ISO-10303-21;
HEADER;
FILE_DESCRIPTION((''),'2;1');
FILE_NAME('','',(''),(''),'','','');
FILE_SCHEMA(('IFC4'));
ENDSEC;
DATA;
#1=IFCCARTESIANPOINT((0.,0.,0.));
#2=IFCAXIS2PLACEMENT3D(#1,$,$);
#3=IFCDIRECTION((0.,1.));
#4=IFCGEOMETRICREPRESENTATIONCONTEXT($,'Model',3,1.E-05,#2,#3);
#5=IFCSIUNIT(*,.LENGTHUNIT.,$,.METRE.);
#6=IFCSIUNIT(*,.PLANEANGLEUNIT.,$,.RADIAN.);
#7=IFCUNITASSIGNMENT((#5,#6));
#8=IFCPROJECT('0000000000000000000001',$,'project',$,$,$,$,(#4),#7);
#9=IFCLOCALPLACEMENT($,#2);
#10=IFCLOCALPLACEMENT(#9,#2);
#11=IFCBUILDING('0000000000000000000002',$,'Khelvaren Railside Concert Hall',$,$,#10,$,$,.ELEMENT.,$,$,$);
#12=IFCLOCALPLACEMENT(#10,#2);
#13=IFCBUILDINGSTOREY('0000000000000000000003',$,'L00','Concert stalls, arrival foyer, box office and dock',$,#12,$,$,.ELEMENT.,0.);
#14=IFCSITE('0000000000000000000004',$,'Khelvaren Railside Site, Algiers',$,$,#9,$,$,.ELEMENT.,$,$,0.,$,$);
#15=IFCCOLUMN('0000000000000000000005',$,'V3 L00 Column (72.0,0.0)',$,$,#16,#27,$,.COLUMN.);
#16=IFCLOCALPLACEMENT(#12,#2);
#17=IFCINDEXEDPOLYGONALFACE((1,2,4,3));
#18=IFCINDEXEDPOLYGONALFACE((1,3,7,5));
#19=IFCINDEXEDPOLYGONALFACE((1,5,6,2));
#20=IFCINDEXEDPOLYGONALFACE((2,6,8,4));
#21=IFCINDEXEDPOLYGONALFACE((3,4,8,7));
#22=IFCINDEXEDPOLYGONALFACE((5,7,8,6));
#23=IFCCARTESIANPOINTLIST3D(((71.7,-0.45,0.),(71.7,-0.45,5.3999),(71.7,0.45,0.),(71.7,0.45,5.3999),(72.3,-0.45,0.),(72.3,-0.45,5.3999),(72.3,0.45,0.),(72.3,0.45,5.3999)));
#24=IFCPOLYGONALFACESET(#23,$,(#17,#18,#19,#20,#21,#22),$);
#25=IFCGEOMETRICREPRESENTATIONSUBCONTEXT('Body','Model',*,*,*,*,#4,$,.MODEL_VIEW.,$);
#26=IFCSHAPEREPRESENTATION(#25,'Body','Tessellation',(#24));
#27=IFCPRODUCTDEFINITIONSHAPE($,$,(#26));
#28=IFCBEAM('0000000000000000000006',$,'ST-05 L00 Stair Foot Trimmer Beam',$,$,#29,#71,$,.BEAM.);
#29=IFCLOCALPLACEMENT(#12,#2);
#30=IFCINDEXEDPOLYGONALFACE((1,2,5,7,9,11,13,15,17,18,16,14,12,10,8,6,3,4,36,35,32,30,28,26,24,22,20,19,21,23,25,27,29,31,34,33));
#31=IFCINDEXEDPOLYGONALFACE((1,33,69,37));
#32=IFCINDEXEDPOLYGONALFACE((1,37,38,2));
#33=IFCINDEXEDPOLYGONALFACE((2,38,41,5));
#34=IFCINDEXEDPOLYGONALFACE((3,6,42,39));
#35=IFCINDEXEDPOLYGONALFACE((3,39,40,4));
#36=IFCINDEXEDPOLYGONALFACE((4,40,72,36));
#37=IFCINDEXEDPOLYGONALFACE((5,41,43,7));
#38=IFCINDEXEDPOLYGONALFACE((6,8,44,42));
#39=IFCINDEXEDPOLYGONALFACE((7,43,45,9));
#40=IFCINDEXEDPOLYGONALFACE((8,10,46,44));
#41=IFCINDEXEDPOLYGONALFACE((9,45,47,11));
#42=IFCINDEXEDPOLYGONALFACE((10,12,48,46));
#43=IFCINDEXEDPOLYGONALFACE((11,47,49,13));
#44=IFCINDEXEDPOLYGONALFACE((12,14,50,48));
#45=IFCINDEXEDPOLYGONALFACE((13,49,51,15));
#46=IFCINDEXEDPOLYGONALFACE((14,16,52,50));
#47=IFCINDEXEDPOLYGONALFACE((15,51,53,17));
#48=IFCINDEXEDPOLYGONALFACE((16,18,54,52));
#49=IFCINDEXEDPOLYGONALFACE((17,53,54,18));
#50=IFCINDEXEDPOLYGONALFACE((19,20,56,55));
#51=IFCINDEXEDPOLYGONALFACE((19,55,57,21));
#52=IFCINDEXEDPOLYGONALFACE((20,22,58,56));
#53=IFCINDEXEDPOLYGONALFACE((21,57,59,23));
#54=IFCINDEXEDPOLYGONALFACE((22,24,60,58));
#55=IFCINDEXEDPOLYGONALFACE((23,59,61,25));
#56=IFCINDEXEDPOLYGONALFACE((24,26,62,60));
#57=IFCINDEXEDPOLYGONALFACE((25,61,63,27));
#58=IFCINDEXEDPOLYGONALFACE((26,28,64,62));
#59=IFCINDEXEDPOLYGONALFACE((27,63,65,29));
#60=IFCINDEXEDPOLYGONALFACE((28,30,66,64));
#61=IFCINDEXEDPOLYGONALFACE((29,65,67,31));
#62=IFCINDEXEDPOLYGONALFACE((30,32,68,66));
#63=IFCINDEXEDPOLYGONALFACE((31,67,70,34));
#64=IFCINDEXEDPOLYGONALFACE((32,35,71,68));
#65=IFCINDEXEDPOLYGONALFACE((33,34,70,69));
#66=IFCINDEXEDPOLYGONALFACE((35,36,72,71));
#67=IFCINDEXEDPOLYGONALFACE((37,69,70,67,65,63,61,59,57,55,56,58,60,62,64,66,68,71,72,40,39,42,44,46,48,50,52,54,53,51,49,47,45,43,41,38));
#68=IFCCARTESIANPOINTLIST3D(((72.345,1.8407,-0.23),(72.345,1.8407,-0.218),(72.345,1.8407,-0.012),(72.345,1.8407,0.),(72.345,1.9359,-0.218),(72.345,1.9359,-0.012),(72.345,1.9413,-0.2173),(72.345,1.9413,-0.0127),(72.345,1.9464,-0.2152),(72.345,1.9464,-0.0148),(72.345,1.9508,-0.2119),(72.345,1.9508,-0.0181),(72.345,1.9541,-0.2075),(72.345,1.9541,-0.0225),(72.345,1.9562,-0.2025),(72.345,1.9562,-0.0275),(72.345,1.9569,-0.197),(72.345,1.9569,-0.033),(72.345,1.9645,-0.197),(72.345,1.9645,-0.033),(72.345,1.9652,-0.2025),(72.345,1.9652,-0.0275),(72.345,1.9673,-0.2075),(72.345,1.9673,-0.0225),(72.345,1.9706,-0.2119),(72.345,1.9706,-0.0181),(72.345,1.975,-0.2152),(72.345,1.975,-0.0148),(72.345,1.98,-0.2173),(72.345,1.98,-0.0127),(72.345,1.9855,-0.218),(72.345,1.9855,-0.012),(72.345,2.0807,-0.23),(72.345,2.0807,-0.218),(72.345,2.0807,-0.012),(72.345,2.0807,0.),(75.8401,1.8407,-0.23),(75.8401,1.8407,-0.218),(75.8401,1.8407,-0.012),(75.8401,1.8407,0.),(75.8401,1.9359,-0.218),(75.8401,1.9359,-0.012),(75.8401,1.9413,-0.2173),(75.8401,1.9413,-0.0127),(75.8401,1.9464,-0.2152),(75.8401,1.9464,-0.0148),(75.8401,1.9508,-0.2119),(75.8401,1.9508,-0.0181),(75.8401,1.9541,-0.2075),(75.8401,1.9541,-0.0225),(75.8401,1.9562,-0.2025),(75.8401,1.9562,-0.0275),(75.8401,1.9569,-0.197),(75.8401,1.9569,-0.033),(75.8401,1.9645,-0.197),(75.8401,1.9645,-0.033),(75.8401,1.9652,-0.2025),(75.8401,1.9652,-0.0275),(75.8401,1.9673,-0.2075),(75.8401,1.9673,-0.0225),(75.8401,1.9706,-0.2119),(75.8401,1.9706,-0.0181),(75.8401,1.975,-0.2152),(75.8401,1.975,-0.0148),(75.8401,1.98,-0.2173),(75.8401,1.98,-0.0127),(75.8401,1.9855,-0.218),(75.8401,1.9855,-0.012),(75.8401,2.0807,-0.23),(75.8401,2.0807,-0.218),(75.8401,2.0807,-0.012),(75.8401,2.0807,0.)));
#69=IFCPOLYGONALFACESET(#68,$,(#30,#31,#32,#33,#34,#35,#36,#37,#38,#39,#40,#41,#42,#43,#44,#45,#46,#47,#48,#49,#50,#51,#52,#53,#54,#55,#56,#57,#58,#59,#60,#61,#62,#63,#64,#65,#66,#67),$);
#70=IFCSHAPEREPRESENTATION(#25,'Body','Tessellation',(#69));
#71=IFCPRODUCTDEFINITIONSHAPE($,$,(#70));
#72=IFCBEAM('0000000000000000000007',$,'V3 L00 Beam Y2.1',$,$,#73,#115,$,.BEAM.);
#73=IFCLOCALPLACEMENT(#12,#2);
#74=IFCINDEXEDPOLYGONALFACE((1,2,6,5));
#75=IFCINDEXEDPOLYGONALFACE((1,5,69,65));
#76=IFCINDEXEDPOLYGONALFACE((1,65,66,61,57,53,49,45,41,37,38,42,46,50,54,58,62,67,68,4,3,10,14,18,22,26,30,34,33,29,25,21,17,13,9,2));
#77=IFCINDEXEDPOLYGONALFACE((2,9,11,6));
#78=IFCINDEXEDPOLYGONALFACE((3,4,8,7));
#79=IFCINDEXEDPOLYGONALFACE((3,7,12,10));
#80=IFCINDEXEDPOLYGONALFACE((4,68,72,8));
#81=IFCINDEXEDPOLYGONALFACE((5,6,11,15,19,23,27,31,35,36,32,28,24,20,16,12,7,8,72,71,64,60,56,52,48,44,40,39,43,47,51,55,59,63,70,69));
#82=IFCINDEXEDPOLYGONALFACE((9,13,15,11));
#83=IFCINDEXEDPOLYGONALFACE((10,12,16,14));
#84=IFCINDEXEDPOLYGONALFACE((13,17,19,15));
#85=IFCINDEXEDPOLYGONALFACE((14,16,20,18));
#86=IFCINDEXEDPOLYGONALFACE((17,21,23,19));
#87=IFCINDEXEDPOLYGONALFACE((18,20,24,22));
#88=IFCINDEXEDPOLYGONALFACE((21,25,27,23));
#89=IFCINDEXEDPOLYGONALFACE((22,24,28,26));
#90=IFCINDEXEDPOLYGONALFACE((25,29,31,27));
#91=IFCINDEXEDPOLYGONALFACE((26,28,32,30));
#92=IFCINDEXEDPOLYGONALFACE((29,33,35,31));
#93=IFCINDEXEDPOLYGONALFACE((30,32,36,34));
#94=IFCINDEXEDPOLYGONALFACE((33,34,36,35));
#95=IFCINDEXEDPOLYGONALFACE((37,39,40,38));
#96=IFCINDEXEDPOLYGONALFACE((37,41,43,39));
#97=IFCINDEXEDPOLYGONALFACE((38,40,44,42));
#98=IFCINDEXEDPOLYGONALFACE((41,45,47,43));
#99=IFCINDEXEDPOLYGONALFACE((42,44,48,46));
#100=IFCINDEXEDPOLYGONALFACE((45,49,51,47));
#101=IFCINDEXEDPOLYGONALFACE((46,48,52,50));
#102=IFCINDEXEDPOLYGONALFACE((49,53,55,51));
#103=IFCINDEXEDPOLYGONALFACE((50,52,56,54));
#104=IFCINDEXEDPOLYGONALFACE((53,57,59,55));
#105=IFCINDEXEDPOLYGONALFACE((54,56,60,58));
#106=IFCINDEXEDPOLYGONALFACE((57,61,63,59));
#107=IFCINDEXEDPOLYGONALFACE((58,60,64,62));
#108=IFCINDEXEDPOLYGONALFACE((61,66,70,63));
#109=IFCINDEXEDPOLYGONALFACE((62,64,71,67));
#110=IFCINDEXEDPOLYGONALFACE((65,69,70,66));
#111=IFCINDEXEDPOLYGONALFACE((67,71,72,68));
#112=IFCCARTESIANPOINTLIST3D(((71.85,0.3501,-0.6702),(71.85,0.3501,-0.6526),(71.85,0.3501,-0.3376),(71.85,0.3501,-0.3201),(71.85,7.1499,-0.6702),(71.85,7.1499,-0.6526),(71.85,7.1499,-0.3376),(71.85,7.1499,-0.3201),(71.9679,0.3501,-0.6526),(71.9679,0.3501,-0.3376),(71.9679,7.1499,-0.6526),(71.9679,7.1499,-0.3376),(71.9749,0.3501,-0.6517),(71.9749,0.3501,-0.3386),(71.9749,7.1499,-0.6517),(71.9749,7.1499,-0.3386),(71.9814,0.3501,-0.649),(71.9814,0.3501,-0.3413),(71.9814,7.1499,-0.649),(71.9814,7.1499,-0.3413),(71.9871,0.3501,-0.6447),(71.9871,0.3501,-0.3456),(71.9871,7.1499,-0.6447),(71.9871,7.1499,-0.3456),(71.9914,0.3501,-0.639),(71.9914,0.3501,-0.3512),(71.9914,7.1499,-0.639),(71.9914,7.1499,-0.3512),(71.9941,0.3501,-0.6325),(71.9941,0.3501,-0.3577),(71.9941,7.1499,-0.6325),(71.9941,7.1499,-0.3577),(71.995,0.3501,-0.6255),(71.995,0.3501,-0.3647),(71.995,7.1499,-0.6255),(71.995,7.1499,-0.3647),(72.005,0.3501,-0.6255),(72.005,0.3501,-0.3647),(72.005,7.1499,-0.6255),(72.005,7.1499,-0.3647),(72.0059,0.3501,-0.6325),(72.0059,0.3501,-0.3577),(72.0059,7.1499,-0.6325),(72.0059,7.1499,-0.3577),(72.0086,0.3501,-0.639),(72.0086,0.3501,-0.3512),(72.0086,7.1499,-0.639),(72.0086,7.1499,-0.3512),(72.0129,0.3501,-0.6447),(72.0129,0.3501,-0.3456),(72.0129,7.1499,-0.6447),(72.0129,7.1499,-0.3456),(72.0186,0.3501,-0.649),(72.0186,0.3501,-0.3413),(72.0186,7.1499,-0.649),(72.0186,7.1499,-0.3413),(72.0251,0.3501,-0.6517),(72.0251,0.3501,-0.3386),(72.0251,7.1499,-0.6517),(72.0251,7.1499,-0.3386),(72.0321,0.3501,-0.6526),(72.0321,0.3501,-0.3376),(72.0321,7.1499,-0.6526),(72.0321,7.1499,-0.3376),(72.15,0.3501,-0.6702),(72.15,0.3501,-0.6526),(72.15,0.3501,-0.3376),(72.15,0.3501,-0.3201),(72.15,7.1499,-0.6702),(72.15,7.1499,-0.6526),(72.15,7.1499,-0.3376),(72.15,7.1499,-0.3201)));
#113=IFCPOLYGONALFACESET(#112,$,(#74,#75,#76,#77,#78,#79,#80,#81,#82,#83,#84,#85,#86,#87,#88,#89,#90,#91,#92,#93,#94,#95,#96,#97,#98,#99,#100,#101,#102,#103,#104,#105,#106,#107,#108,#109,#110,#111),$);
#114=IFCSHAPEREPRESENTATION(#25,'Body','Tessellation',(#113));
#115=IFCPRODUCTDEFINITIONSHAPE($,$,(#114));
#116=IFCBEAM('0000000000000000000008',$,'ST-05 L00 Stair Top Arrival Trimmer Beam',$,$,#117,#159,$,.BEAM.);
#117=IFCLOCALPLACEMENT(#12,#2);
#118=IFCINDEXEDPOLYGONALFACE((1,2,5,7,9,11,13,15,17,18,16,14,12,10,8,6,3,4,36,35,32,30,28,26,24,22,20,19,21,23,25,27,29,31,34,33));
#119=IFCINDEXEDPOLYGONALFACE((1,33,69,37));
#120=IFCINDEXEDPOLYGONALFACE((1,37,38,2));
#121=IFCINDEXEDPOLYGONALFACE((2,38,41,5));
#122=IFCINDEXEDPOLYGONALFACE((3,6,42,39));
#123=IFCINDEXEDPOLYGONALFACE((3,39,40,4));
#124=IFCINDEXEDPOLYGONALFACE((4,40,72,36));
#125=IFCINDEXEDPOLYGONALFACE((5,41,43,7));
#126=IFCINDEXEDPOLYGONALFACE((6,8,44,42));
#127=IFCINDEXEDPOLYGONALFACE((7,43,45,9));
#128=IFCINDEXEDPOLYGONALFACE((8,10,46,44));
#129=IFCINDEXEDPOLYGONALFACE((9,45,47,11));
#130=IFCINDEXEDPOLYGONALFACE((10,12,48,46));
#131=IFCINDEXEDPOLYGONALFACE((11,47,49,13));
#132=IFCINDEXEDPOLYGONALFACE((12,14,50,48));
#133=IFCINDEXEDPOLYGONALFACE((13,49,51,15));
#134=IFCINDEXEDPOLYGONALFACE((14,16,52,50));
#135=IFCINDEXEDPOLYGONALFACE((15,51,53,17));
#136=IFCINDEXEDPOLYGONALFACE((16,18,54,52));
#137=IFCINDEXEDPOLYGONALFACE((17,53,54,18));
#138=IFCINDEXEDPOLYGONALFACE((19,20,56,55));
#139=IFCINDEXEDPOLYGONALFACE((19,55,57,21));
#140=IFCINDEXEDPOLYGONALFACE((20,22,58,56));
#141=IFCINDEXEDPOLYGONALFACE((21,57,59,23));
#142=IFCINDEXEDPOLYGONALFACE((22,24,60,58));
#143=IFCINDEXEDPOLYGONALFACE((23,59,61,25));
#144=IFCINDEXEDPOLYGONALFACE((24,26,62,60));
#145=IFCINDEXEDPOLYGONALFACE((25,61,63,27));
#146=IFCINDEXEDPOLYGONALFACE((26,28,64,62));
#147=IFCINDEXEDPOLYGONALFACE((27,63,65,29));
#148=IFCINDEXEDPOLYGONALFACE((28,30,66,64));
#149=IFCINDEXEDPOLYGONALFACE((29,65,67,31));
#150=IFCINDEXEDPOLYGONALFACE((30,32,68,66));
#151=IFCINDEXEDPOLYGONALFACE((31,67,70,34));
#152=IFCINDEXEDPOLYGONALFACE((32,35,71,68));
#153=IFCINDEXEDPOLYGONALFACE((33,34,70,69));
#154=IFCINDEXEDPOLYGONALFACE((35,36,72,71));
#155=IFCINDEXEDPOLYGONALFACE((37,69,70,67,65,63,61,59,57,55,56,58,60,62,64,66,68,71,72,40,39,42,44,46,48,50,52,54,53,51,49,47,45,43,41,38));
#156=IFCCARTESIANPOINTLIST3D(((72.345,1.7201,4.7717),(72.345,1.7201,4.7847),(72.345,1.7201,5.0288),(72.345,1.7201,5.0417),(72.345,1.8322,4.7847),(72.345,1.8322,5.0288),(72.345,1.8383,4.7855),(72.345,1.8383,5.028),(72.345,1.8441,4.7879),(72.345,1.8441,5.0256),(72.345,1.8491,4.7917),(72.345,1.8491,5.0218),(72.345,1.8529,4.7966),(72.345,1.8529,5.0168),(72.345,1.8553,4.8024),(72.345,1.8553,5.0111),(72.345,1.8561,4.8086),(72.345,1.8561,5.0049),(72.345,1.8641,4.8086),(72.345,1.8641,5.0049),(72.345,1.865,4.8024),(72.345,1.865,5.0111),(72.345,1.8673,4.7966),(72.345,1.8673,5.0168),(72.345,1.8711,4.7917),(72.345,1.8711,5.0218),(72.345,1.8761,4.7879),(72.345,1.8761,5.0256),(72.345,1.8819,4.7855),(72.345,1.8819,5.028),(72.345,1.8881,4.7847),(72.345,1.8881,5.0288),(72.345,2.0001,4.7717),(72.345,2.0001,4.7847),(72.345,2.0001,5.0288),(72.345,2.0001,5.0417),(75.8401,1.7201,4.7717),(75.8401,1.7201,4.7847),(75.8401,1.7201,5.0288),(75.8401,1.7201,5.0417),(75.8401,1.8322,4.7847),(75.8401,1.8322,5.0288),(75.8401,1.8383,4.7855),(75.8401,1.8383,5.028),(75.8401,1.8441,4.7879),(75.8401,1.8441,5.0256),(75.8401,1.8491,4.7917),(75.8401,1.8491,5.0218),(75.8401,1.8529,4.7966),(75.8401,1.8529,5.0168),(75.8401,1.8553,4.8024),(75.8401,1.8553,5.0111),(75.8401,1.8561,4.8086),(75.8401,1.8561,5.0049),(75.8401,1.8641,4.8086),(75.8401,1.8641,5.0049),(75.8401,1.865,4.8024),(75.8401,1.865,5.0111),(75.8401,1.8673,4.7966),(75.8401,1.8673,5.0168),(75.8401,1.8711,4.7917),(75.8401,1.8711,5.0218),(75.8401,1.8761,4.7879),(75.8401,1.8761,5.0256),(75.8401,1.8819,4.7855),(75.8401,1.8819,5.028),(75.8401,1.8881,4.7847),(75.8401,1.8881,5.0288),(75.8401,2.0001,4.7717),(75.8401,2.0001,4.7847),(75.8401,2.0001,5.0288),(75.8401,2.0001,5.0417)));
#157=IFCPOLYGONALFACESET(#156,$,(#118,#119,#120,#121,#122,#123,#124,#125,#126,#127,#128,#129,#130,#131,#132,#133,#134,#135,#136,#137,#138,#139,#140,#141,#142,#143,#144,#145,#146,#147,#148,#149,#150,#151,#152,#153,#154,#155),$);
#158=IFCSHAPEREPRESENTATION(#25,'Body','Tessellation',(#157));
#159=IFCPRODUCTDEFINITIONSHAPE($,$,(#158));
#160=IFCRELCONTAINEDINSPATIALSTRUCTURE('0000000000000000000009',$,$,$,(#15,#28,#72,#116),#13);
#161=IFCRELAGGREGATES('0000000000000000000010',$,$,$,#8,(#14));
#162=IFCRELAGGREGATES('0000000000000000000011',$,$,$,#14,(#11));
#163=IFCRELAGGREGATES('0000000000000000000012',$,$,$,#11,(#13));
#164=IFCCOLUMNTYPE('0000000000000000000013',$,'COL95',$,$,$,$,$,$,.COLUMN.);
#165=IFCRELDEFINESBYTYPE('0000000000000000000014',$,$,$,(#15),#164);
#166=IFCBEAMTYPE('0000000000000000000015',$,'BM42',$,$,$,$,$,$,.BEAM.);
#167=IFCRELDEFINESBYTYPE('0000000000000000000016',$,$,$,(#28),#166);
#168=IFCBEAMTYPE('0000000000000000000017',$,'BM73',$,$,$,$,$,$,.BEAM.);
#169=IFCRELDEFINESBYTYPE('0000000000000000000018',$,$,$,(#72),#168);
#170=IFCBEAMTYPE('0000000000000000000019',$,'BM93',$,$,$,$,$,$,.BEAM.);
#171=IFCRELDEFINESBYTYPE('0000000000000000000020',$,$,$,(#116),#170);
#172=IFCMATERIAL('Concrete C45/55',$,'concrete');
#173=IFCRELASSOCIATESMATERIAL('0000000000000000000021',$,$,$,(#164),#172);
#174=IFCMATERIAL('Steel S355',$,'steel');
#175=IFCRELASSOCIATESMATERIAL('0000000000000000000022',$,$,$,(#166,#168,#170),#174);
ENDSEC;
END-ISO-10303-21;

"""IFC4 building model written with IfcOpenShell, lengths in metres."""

from ifc_helpers import new_model, si_unit, direction, frame, origin, origin_2d, place, context, subcontext, project, spatial, rectangle, i_section, extrude, material, material_profile, profile_set, type_object, element, save


model = new_model("IFC4")

# Units and contexts
model_context = context("Model", 3, precision=1e-05, world=origin(), true_north=direction((0.0, 1.0)))
body_context = subcontext(model_context, "Body", "Model", "MODEL_VIEW")
ifc_project = project(units=[si_unit("LENGTHUNIT", "METRE"), si_unit("PLANEANGLEUNIT", "RADIAN")], contexts=[model_context])

# Site, building, storey
site_placement = place(None, origin())
site = spatial("IfcSite", under=ifc_project, at=site_placement, Name="Khelvaren Railside Site, Algiers", CompositionType="ELEMENT", RefElevation=0.0)
building_placement = place(site_placement, origin())
building = spatial("IfcBuilding", under=site, at=building_placement, Name="Khelvaren Railside Concert Hall", CompositionType="ELEMENT")
storey_placement = place(building_placement, origin())
storey = spatial("IfcBuildingStorey", under=building, at=storey_placement, Name="L00", Description="Concert stalls, arrival foyer, box office and dock", CompositionType="ELEMENT", Elevation=0.0)

# Column
ifc_material_1 = material(Name="Concrete C45/55", Category="concrete")
ifc_material_profile_1 = material_profile(ifc_material_1, rectangle(XDim=0.6001, YDim=0.8999, at=origin_2d()), Name="RC 600x900")
ifc_profile_set_1 = profile_set([ifc_material_profile_1], Name="Concrete C45/55")
column_type = type_object("IfcColumnType", Name="COL95", PredefinedType="COLUMN", material=ifc_profile_set_1)
column_placement = place(storey_placement, frame((72.0, 0.0, 0.0), z_axis=(0.0, 0.0, 1.0), x_axis=(1.0, 0.0, 0.0)))
element("IfcColumn", 1, at=column_placement, inside=storey, type_object=column_type, Name="V3 L00 Column (72.0,0.0)", PredefinedType="COLUMN", context=body_context, shape_type="SweptSolid", body=[
    extrude(rectangle(XDim=0.6001, YDim=0.8999, at=origin_2d()), origin(), (0.0, 0.0, 1.0), 5.3999),
])

# Beams
ifc_material_2 = material(Name="Steel S355", Category="steel")
ifc_material_profile_2 = material_profile(ifc_material_2, i_section(OverallWidth=0.24, OverallDepth=0.23, WebThickness=0.0076, FlangeThickness=0.012, FilletRadius=0.021, at=origin_2d()), Name="HEA 240")
ifc_profile_set_2 = profile_set([ifc_material_profile_2], Name="Steel S355")
beam_type_1 = type_object("IfcBeamType", Name="BM42", PredefinedType="BEAM", material=ifc_profile_set_2)
beam_1_placement = place(storey_placement, frame((72.345, 1.9607, -0.115), z_axis=(1.0, 0.0, 0.0), x_axis=(0.0, 1.0, 0.0)))
element("IfcBeam", 2, at=beam_1_placement, inside=storey, type_object=beam_type_1, Name="ST-05 L00 Stair Foot Trimmer Beam", PredefinedType="BEAM", context=body_context, shape_type="SweptSolid", body=[
    extrude(i_section(OverallWidth=0.24, OverallDepth=0.23, WebThickness=0.0076, FlangeThickness=0.012, FilletRadius=0.021, at=origin_2d()), origin(), (0.0, 0.0, 1.0), 3.4951),
])
ifc_material_profile_3 = material_profile(ifc_material_2, i_section(OverallWidth=0.3, OverallDepth=0.3501, WebThickness=0.01, FlangeThickness=0.0176, FilletRadius=0.0271, at=origin_2d()), Name="HEA 360")
ifc_profile_set_3 = profile_set([ifc_material_profile_3], Name="Steel S355")
beam_type_2 = type_object("IfcBeamType", Name="BM73", PredefinedType="BEAM", material=ifc_profile_set_3)
beam_2_placement = place(storey_placement, frame((72.0, 0.3501, -0.4951), z_axis=(0.0, 1.0, 0.0), x_axis=(-1.0, 0.0, 0.0)))
element("IfcBeam", 3, at=beam_2_placement, inside=storey, type_object=beam_type_2, Name="V3 L00 Beam Y2.1", PredefinedType="BEAM", context=body_context, shape_type="SweptSolid", body=[
    extrude(i_section(OverallWidth=0.3, OverallDepth=0.3501, WebThickness=0.01, FlangeThickness=0.0176, FilletRadius=0.0271, at=origin_2d()), origin(), (0.0, 0.0, 1.0), 6.7998),
])
ifc_material_profile_4 = material_profile(ifc_material_2, i_section(OverallWidth=0.28, OverallDepth=0.27, WebThickness=0.0081, FlangeThickness=0.0129, FilletRadius=0.0239, at=origin_2d()), Name="HEA 280")
ifc_profile_set_4 = profile_set([ifc_material_profile_4], Name="Steel S355")
beam_type_3 = type_object("IfcBeamType", Name="BM93", PredefinedType="BEAM", material=ifc_profile_set_4)
beam_3_placement = place(storey_placement, frame((72.345, 1.8601, 4.9067), z_axis=(1.0, 0.0, 0.0), x_axis=(0.0, 1.0, 0.0)))
element("IfcBeam", 4, at=beam_3_placement, inside=storey, type_object=beam_type_3, Name="ST-05 L00 Stair Top Arrival Trimmer Beam", PredefinedType="BEAM", context=body_context, shape_type="SweptSolid", body=[
    extrude(i_section(OverallWidth=0.28, OverallDepth=0.27, WebThickness=0.0081, FlangeThickness=0.0129, FilletRadius=0.0239, at=origin_2d()), origin(), (0.0, 0.0, 1.0), 3.4951),
])

save(model, "model.ifc")
